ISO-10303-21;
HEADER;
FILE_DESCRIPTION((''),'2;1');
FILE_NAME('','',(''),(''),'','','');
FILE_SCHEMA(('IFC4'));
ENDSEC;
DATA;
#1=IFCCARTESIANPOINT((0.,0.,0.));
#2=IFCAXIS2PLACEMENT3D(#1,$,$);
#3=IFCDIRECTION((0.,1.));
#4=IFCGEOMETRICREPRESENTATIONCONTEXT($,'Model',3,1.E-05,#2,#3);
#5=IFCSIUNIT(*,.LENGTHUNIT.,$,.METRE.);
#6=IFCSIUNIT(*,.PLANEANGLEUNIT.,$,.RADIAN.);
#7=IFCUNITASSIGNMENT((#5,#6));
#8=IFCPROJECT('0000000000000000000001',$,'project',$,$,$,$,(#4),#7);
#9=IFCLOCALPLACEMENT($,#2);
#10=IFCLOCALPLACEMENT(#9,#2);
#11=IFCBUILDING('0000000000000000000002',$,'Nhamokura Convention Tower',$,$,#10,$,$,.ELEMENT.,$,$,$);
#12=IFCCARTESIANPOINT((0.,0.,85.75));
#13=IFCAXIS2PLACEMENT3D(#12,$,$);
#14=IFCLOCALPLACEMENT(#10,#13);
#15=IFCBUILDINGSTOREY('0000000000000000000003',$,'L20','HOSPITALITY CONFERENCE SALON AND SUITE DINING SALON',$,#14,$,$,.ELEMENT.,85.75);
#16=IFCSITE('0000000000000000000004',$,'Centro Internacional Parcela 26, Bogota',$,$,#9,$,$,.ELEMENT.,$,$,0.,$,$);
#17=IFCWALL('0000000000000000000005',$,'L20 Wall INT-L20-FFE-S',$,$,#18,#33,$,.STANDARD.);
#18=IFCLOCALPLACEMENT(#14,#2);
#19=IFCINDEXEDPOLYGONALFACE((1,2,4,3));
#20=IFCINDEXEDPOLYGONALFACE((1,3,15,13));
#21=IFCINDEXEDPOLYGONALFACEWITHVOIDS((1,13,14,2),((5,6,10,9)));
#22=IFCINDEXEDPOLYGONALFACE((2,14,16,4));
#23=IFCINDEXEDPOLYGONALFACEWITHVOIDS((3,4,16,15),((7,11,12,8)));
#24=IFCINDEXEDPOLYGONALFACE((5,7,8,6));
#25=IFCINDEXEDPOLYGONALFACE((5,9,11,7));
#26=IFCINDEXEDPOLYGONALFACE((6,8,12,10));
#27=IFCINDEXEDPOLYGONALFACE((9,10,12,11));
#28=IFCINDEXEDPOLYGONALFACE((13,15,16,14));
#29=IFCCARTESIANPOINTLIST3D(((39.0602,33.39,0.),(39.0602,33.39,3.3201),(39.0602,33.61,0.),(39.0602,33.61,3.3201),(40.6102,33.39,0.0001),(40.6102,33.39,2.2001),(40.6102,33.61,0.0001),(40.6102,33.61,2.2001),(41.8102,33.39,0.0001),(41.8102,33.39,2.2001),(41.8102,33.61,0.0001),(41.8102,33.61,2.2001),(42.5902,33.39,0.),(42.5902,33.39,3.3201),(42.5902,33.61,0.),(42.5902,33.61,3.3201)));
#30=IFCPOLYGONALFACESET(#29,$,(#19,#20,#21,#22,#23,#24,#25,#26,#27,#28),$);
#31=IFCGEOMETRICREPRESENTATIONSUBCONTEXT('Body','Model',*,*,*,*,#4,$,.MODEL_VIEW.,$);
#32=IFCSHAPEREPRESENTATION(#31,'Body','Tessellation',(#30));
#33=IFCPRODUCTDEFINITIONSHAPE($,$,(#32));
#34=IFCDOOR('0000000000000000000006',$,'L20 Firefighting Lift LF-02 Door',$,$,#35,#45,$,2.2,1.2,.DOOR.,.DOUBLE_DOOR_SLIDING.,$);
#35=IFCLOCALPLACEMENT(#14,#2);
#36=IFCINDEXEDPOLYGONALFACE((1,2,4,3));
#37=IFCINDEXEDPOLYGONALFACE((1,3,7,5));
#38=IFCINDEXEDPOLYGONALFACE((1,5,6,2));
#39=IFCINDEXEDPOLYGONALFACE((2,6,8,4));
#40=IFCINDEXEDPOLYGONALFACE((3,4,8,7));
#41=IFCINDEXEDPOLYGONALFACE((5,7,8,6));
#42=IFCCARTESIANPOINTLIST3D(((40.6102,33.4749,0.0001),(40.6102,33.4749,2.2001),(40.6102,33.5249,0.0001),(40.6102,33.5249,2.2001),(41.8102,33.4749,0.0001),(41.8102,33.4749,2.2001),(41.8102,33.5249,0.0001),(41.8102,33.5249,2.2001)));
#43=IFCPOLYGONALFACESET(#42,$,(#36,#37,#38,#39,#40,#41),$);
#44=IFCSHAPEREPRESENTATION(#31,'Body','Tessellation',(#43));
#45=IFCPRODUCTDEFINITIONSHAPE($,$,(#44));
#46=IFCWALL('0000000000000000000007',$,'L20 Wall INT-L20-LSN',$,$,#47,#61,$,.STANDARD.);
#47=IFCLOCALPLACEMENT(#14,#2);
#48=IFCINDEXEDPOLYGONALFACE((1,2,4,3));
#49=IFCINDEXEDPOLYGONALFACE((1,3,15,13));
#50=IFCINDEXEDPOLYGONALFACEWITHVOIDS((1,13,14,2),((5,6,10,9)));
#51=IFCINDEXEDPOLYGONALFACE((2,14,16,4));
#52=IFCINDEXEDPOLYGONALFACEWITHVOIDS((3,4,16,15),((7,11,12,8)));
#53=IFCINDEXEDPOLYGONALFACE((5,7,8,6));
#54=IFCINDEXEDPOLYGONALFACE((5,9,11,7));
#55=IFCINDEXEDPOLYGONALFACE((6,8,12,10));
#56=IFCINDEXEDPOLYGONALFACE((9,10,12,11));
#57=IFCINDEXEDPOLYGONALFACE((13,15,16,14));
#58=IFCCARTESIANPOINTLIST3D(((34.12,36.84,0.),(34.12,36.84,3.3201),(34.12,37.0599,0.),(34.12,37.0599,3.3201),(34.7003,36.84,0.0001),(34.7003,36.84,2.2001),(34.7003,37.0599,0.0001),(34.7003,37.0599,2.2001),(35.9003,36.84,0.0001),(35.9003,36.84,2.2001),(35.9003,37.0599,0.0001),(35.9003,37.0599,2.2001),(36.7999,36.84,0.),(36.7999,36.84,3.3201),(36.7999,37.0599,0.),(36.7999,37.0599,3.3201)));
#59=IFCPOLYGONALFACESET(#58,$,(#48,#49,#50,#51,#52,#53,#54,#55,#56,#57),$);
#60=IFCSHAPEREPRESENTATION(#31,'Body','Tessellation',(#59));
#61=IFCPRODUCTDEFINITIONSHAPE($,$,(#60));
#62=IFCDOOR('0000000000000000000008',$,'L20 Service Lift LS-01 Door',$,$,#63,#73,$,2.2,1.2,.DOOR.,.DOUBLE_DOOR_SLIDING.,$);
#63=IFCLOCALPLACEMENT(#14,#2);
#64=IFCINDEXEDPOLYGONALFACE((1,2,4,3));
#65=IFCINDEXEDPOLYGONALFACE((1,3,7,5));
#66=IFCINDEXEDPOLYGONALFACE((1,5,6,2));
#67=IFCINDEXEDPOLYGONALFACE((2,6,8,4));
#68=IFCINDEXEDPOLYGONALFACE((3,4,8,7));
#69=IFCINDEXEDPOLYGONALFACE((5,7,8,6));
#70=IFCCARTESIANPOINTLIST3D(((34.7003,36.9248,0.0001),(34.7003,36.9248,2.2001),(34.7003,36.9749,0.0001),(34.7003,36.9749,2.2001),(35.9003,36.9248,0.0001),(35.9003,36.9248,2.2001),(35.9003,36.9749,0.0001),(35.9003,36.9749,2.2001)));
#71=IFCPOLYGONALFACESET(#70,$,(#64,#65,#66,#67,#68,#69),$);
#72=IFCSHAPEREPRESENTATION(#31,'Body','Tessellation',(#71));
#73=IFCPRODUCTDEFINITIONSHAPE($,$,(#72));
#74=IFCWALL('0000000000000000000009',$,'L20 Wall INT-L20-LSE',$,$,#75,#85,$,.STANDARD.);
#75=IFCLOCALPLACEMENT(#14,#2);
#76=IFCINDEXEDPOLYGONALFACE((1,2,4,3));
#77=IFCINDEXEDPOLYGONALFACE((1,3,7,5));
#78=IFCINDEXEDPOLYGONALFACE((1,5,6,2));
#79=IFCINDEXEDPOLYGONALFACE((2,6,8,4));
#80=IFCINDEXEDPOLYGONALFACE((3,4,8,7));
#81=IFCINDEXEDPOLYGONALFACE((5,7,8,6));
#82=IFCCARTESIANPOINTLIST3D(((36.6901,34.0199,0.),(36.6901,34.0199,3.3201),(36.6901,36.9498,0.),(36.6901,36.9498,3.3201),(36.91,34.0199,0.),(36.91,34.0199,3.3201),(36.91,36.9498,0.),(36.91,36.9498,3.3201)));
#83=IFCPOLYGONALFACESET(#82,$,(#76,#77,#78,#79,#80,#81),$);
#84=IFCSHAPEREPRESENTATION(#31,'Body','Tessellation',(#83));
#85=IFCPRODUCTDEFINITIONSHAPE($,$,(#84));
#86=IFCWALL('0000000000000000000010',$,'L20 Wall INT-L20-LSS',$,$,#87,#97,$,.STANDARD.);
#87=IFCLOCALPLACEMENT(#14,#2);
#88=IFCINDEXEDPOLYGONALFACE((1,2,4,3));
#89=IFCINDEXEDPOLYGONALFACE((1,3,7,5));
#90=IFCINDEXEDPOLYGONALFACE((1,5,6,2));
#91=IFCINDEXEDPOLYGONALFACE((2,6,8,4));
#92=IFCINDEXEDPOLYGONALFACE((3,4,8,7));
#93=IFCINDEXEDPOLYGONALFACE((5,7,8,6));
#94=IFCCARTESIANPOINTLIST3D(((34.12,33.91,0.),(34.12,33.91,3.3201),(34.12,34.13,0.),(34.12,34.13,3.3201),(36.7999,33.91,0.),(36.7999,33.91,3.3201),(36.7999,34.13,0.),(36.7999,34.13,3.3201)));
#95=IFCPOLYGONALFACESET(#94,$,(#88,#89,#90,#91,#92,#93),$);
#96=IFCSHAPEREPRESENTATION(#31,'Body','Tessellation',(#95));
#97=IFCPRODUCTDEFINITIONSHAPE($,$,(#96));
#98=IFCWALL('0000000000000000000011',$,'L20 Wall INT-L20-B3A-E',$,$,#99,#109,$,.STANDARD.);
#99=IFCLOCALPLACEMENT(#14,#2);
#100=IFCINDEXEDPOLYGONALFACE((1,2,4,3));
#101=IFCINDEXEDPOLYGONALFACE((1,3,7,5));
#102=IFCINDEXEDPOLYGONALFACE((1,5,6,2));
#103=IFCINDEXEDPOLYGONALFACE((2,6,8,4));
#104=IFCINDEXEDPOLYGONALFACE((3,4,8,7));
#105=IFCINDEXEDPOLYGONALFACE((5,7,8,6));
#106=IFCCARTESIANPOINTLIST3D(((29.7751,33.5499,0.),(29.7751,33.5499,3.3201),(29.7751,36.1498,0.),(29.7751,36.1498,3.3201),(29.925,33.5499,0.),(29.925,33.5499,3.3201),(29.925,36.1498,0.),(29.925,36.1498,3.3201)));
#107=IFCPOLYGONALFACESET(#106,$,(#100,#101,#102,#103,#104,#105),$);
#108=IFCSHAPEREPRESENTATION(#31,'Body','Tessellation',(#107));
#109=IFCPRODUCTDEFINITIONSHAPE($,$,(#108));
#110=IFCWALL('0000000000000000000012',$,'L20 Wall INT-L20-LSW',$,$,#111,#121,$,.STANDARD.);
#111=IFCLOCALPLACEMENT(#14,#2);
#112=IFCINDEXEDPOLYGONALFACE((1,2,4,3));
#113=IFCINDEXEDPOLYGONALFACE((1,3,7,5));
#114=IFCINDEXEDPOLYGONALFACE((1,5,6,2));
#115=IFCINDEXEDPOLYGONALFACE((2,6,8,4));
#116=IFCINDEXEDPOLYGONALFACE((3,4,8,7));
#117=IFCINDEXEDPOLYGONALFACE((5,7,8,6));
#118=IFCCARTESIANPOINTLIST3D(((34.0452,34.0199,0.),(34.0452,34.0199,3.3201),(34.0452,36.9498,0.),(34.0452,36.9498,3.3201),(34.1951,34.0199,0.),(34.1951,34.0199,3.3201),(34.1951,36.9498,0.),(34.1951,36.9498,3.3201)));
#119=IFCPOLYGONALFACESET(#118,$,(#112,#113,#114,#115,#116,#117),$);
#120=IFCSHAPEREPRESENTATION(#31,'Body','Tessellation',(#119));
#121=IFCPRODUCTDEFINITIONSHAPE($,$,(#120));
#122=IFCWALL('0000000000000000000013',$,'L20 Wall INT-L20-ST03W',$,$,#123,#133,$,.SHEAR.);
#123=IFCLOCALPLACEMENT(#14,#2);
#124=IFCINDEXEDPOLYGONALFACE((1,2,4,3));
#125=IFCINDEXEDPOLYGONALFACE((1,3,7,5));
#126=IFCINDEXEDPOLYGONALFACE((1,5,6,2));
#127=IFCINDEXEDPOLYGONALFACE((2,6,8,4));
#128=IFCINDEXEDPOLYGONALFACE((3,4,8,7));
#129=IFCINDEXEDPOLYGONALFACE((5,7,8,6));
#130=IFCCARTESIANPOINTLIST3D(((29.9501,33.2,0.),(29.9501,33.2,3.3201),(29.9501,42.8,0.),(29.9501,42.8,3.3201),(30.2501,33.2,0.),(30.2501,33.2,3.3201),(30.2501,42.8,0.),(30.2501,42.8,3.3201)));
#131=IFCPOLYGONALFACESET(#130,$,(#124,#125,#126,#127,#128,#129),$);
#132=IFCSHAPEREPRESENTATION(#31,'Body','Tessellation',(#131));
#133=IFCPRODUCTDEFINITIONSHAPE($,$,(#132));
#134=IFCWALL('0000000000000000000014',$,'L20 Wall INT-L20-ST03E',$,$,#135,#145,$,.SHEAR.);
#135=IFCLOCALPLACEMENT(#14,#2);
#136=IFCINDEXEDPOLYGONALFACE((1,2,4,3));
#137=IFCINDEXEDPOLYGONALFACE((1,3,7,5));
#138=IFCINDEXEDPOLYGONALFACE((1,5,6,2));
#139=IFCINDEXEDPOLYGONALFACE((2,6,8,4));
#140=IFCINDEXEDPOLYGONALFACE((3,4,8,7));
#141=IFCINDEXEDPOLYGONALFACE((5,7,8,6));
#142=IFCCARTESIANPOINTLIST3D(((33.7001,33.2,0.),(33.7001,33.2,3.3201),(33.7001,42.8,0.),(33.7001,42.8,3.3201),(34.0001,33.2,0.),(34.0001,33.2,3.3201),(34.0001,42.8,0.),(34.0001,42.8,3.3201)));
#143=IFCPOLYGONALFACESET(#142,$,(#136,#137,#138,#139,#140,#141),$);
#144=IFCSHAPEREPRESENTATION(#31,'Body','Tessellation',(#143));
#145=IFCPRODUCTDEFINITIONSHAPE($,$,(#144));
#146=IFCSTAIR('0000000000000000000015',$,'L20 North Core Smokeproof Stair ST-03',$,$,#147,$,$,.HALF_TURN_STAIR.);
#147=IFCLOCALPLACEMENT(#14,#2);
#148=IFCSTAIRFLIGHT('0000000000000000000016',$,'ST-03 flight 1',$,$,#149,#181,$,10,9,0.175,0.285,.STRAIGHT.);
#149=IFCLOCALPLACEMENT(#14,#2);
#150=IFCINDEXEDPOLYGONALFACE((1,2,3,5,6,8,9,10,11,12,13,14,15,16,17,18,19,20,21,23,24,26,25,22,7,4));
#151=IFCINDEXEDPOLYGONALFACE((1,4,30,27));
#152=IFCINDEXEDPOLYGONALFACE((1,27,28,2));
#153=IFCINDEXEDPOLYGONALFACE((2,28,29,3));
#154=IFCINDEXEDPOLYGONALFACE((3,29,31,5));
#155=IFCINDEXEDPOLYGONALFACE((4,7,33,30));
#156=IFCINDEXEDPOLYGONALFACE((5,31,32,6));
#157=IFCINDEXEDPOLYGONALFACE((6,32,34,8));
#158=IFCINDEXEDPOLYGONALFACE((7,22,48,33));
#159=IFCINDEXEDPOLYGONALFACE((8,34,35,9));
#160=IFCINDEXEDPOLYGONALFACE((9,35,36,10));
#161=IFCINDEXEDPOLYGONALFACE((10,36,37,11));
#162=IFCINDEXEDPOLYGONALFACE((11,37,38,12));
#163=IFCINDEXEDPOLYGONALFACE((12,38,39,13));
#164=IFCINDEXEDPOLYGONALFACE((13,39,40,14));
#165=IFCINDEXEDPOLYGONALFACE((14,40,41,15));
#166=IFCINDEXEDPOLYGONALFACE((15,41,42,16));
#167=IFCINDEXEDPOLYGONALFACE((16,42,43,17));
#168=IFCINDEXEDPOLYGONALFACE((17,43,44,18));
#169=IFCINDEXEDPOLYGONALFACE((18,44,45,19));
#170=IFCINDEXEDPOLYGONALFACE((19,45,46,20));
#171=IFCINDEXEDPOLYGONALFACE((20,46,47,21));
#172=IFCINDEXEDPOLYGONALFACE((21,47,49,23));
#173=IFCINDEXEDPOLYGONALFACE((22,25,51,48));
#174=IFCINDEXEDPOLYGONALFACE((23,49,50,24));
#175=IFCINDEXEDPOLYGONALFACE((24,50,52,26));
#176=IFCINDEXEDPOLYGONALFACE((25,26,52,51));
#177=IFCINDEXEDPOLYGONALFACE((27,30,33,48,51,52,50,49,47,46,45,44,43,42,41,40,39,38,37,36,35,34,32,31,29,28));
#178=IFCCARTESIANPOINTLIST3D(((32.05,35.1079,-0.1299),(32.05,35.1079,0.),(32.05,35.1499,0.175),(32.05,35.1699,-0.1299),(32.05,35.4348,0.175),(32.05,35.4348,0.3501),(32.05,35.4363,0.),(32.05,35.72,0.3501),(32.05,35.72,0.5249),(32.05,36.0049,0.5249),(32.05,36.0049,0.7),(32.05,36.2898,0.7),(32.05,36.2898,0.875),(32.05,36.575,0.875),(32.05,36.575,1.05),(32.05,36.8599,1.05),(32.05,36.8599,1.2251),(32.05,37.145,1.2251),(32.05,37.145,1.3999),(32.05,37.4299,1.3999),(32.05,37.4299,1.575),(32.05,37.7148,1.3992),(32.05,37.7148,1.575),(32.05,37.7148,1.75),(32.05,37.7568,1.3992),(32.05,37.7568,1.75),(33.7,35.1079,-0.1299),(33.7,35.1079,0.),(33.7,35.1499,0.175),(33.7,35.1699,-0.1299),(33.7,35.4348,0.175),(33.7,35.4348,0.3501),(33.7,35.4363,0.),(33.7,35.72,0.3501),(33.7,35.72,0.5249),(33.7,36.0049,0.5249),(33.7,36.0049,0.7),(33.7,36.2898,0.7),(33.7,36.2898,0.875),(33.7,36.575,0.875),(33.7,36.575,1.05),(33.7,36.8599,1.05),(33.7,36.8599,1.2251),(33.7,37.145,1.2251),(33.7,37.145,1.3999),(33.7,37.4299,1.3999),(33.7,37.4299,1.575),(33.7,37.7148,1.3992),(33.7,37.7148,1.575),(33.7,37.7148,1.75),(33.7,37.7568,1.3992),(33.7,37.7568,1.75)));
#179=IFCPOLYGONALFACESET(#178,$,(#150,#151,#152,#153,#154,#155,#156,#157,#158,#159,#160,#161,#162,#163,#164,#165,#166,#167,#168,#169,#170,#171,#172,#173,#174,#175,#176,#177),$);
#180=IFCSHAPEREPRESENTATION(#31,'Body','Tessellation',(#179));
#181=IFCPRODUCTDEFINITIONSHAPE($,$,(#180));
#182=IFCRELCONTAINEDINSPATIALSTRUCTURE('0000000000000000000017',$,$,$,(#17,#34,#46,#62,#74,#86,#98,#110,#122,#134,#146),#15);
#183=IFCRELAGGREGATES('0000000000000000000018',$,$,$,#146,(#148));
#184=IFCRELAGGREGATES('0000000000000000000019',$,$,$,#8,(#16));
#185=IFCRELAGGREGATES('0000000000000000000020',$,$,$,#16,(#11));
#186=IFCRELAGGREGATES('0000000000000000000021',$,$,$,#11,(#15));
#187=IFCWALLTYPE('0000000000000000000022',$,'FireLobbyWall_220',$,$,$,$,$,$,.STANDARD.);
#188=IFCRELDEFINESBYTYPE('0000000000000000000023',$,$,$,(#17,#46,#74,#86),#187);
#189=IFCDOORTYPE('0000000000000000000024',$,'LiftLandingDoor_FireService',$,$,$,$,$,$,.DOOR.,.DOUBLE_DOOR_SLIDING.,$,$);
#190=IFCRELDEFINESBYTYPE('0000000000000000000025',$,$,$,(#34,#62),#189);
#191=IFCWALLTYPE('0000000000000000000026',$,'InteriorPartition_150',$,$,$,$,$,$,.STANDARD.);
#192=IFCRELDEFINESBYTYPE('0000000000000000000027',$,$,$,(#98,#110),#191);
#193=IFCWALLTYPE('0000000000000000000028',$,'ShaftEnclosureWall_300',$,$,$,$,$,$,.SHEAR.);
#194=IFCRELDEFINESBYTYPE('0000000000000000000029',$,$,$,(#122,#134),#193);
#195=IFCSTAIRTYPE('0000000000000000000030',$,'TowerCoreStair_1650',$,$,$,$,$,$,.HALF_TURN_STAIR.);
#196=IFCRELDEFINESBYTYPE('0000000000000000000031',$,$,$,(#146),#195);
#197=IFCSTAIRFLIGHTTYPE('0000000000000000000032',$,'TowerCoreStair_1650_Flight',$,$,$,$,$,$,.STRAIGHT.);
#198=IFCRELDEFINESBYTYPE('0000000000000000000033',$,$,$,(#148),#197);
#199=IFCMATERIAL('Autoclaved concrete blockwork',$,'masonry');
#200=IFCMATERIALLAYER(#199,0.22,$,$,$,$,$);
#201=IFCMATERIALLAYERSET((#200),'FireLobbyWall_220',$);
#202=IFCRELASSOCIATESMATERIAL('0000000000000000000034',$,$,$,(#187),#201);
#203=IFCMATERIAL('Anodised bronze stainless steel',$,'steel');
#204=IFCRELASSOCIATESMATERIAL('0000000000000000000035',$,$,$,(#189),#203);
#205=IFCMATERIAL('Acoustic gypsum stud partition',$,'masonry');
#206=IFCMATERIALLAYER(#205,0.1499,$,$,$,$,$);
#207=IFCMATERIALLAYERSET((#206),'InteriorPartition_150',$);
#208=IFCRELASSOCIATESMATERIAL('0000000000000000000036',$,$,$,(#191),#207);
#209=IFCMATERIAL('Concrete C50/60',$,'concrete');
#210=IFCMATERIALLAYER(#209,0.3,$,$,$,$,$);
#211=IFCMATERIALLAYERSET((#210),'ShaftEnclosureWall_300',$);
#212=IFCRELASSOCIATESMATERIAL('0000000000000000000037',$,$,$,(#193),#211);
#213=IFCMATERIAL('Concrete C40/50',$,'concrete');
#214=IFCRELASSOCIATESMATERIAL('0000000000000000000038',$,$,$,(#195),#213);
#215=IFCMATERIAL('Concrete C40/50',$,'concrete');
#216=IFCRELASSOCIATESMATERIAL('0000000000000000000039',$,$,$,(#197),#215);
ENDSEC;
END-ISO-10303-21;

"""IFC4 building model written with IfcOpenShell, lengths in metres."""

from ifc_helpers import new_model, si_unit, direction, frame, frame_2d, origin, place, context, subcontext, project, spatial, polyline, rectangle, outline, extrude, material, layer, layer_set, type_object, element, fill, aggregate, save


model = new_model("IFC4")

# Units and contexts
model_context = context("Model", 3, precision=1e-05, world=origin(), true_north=direction((0.0, 1.0)))
body_context = subcontext(model_context, "Body", "Model", "MODEL_VIEW")
ifc_project = project(units=[si_unit("LENGTHUNIT", "METRE"), si_unit("PLANEANGLEUNIT", "RADIAN")], contexts=[model_context])

# Site, building, storey
site_placement = place(None, origin())
site = spatial("IfcSite", under=ifc_project, at=site_placement, Name="Centro Internacional Parcela 26, Bogota", CompositionType="ELEMENT", RefElevation=0.0)
building_placement = place(site_placement, origin())
building = spatial("IfcBuilding", under=site, at=building_placement, Name="Nhamokura Convention Tower", CompositionType="ELEMENT")
storey_placement = place(building_placement, frame((0.0, 0.0, 85.75)))
storey = spatial("IfcBuildingStorey", under=building, at=storey_placement, Name="L20", Description="HOSPITALITY CONFERENCE SALON AND SUITE DINING SALON", CompositionType="ELEMENT", Elevation=85.75)

# Walls, openings, doors
ifc_material_1 = material(Name="Autoclaved concrete blockwork", Category="masonry")
ifc_layer_1 = layer(ifc_material_1, 0.22)
ifc_layer_set_1 = layer_set([ifc_layer_1], Name="FireLobbyWall_220")
wall_type_1 = type_object("IfcWallType", Name="FireLobbyWall_220", PredefinedType="STANDARD", material=ifc_layer_set_1)
wall_1_placement = place(storey_placement, frame((39.0601, 33.5, 0.0), z_axis=(0.0, 0.0, 1.0), x_axis=(1.0, 0.0, 0.0)))
wall_1 = element("IfcWall", 1, at=wall_1_placement, inside=storey, type_object=wall_type_1, Name="L20 Wall INT-L20-FFE-S", PredefinedType="STANDARD", context=body_context, shape_type="SweptSolid", body=[
    extrude(rectangle(XDim=3.53, YDim=0.22, at=frame_2d((1.7651, 0.0))), origin(), (0.0, 0.0, 1.0), 3.3201),
])
opening_1_placement = place(wall_1_placement, frame((1.55, 0.0, 0.0)))
opening_1 = element("IfcOpeningElement", 2, at=opening_1_placement, cuts=wall_1, PredefinedType="OPENING", context=body_context, shape_type="SweptSolid", body=[
    extrude(rectangle(XDim=1.2, YDim=2.2, at=frame_2d((0.6001, 1.1001))), frame((0.0, 0.1199, 0.0), z_axis=(0.0, -1.0, 0.0), x_axis=(1.0, 0.0, 0.0)), (0.0, 0.0, 1.0), 0.24),
])
ifc_material_2 = material(Name="Anodised bronze stainless steel", Category="steel")
door_type_1 = type_object("IfcDoorType", Name="LiftLandingDoor_FireService", OperationType="DOUBLE_DOOR_SLIDING", PredefinedType="DOOR", material=ifc_material_2)
door_1_placement = place(opening_1_placement, origin())
door_1 = element("IfcDoor", 3, at=door_1_placement, inside=storey, type_object=door_type_1, Name="L20 Firefighting Lift LF-02 Door", OperationType="DOUBLE_DOOR_SLIDING", OverallHeight=2.2, OverallWidth=1.2, PredefinedType="DOOR", context=body_context, shape_type="SweptSolid", body=[
    extrude(rectangle(XDim=1.2, YDim=2.2, at=frame_2d((0.6001, 1.1001))), frame((0.0, 0.0249, 0.0), z_axis=(0.0, -1.0, 0.0), x_axis=(1.0, 0.0, 0.0)), (0.0, 0.0, 1.0), 0.05),
])
fill(opening_1, door_1)
wall_2_placement = place(storey_placement, frame((34.1201, 36.95, 0.0), z_axis=(0.0, 0.0, 1.0), x_axis=(1.0, 0.0, 0.0)))
wall_2 = element("IfcWall", 4, at=wall_2_placement, inside=storey, type_object=wall_type_1, Name="L20 Wall INT-L20-LSN", PredefinedType="STANDARD", context=body_context, shape_type="SweptSolid", body=[
    extrude(rectangle(XDim=2.6799, YDim=0.22, at=frame_2d((1.3398, 0.0))), origin(), (0.0, 0.0, 1.0), 3.3201),
])
opening_2_placement = place(wall_2_placement, frame((0.5801, 0.0, 0.0)))
opening_2 = element("IfcOpeningElement", 5, at=opening_2_placement, cuts=wall_2, PredefinedType="OPENING", context=body_context, shape_type="SweptSolid", body=[
    extrude(rectangle(XDim=1.2, YDim=2.2, at=frame_2d((0.6001, 1.1001))), frame((0.0, 0.1199, 0.0), z_axis=(0.0, -1.0, 0.0), x_axis=(1.0, 0.0, 0.0)), (0.0, 0.0, 1.0), 0.24),
])
door_2_placement = place(opening_2_placement, origin())
door_2 = element("IfcDoor", 6, at=door_2_placement, inside=storey, type_object=door_type_1, Name="L20 Service Lift LS-01 Door", OperationType="DOUBLE_DOOR_SLIDING", OverallHeight=2.2, OverallWidth=1.2, PredefinedType="DOOR", context=body_context, shape_type="SweptSolid", body=[
    extrude(rectangle(XDim=1.2, YDim=2.2, at=frame_2d((0.6001, 1.1001))), frame((0.0, 0.0249, 0.0), z_axis=(0.0, -1.0, 0.0), x_axis=(1.0, 0.0, 0.0)), (0.0, 0.0, 1.0), 0.05),
])
fill(opening_2, door_2)

# Walls
wall_3_placement = place(storey_placement, frame((36.8, 34.02, 0.0), z_axis=(0.0, 0.0, 1.0), x_axis=(0.0, 1.0, 0.0)))
element("IfcWall", 7, at=wall_3_placement, inside=storey, type_object=wall_type_1, Name="L20 Wall INT-L20-LSE", PredefinedType="STANDARD", context=body_context, shape_type="SweptSolid", body=[
    extrude(rectangle(XDim=2.9299, YDim=0.22, at=frame_2d((1.4648, 0.0))), origin(), (0.0, 0.0, 1.0), 3.3201),
])
wall_4_placement = place(storey_placement, frame((34.1201, 34.02, 0.0), z_axis=(0.0, 0.0, 1.0), x_axis=(1.0, 0.0, 0.0)))
element("IfcWall", 8, at=wall_4_placement, inside=storey, type_object=wall_type_1, Name="L20 Wall INT-L20-LSS", PredefinedType="STANDARD", context=body_context, shape_type="SweptSolid", body=[
    extrude(rectangle(XDim=2.6799, YDim=0.22, at=frame_2d((1.3398, 0.0))), origin(), (0.0, 0.0, 1.0), 3.3201),
])
ifc_material_3 = material(Name="Acoustic gypsum stud partition", Category="masonry")
ifc_layer_2 = layer(ifc_material_3, 0.1499)
ifc_layer_set_2 = layer_set([ifc_layer_2], Name="InteriorPartition_150")
wall_type_2 = type_object("IfcWallType", Name="InteriorPartition_150", PredefinedType="STANDARD", material=ifc_layer_set_2)
wall_5_placement = place(storey_placement, frame((29.8501, 33.55, 0.0), z_axis=(0.0, 0.0, 1.0), x_axis=(0.0, 1.0, 0.0)))
element("IfcWall", 9, at=wall_5_placement, inside=storey, type_object=wall_type_2, Name="L20 Wall INT-L20-B3A-E", PredefinedType="STANDARD", context=body_context, shape_type="SweptSolid", body=[
    extrude(rectangle(XDim=2.5999, YDim=0.1499, at=frame_2d((1.2998, 0.0))), origin(), (0.0, 0.0, 1.0), 3.3201),
])
wall_6_placement = place(storey_placement, frame((34.1201, 34.02, 0.0), z_axis=(0.0, 0.0, 1.0), x_axis=(0.0, 1.0, 0.0)))
element("IfcWall", 10, at=wall_6_placement, inside=storey, type_object=wall_type_2, Name="L20 Wall INT-L20-LSW", PredefinedType="STANDARD", context=body_context, shape_type="SweptSolid", body=[
    extrude(rectangle(XDim=2.9299, YDim=0.1499, at=frame_2d((1.4648, 0.0))), origin(), (0.0, 0.0, 1.0), 3.3201),
])
ifc_material_4 = material(Name="Concrete C50/60", Category="concrete")
ifc_layer_3 = layer(ifc_material_4, 0.3)
ifc_layer_set_3 = layer_set([ifc_layer_3], Name="ShaftEnclosureWall_300")
wall_type_3 = type_object("IfcWallType", Name="ShaftEnclosureWall_300", PredefinedType="SHEAR", material=ifc_layer_set_3)
for number, where, z_axis, x_axis, name in (
    (11, (30.1001, 33.2, 0.0), (0.0, 0.0, 1.0), (0.0, 1.0, 0.0), "L20 Wall INT-L20-ST03W"),
    (12, (33.8501, 33.2, 0.0), (0.0, 0.0, 1.0), (0.0, 1.0, 0.0), "L20 Wall INT-L20-ST03E"),
):
    element("IfcWall", number, at=place(storey_placement, frame(where, z_axis=z_axis, x_axis=x_axis)), inside=storey, type_object=wall_type_3, Name=name, PredefinedType="SHEAR", context=body_context, shape_type="SweptSolid", body=[
        extrude(rectangle(XDim=9.6001, YDim=0.3, at=frame_2d((4.8, 0.0))), origin(), (0.0, 0.0, 1.0), 3.3201),
    ])

# Stair, stair flight
ifc_material_5 = material(Name="Concrete C40/50", Category="concrete")
stair_type = type_object("IfcStairType", Name="TowerCoreStair_1650", PredefinedType="HALF_TURN_STAIR", material=ifc_material_5)
stair_placement = place(storey_placement, origin())
stair = element("IfcStair", 13, at=stair_placement, inside=storey, type_object=stair_type, Name="L20 North Core Smokeproof Stair ST-03", PredefinedType="HALF_TURN_STAIR")
ifc_material_6 = material(Name="Concrete C40/50", Category="concrete")
stair_flight_type = type_object("IfcStairFlightType", Name="TowerCoreStair_1650_Flight", PredefinedType="STRAIGHT", material=ifc_material_6)
stair_flight_1_placement = place(storey_placement, frame((32.875, 35.1499, 0.0), z_axis=(0.0, 0.0, 1.0), x_axis=(0.0, 1.0, 0.0)))
stair_flight_1 = element("IfcStairFlight", 14, at=stair_flight_1_placement, type_object=stair_flight_type, Name="ST-03 flight 1", NumberOfRisers=10, NumberOfTreads=9, PredefinedType="STRAIGHT", RiserHeight=0.175, TreadLength=0.285, context=body_context, shape_type="SweptSolid", body=[
    extrude(outline(polyline([(-0.042, 0.0), (0.0, 0.175), (0.2849, 0.175), (0.2849, 0.3501), (0.5701, 0.3501), (0.5701, 0.5249), (0.855, 0.5249), (0.855, 0.7), (1.1399, 0.7), (1.1399, 0.875), (1.425, 0.875), (1.425, 1.05), (1.71, 1.05), (1.71, 1.2251), (1.9951, 1.2251), (1.9951, 1.3999), (2.28, 1.3999), (2.28, 1.575), (2.5649, 1.575), (2.5649, 1.75), (2.6069, 1.75), (2.6069, 1.3992), (2.5649, 1.3992), (0.2864, 0.0), (0.02, -0.1299), (-0.042, -0.1299), (-0.042, 0.0)])), frame((0.0, 0.825, 0.0), z_axis=(0.0, -1.0, 0.0), x_axis=(1.0, 0.0, 0.0)), (0.0, 0.0, 1.0), 1.6499),
])
aggregate(stair, [stair_flight_1])

save(model, "model.ifc")
